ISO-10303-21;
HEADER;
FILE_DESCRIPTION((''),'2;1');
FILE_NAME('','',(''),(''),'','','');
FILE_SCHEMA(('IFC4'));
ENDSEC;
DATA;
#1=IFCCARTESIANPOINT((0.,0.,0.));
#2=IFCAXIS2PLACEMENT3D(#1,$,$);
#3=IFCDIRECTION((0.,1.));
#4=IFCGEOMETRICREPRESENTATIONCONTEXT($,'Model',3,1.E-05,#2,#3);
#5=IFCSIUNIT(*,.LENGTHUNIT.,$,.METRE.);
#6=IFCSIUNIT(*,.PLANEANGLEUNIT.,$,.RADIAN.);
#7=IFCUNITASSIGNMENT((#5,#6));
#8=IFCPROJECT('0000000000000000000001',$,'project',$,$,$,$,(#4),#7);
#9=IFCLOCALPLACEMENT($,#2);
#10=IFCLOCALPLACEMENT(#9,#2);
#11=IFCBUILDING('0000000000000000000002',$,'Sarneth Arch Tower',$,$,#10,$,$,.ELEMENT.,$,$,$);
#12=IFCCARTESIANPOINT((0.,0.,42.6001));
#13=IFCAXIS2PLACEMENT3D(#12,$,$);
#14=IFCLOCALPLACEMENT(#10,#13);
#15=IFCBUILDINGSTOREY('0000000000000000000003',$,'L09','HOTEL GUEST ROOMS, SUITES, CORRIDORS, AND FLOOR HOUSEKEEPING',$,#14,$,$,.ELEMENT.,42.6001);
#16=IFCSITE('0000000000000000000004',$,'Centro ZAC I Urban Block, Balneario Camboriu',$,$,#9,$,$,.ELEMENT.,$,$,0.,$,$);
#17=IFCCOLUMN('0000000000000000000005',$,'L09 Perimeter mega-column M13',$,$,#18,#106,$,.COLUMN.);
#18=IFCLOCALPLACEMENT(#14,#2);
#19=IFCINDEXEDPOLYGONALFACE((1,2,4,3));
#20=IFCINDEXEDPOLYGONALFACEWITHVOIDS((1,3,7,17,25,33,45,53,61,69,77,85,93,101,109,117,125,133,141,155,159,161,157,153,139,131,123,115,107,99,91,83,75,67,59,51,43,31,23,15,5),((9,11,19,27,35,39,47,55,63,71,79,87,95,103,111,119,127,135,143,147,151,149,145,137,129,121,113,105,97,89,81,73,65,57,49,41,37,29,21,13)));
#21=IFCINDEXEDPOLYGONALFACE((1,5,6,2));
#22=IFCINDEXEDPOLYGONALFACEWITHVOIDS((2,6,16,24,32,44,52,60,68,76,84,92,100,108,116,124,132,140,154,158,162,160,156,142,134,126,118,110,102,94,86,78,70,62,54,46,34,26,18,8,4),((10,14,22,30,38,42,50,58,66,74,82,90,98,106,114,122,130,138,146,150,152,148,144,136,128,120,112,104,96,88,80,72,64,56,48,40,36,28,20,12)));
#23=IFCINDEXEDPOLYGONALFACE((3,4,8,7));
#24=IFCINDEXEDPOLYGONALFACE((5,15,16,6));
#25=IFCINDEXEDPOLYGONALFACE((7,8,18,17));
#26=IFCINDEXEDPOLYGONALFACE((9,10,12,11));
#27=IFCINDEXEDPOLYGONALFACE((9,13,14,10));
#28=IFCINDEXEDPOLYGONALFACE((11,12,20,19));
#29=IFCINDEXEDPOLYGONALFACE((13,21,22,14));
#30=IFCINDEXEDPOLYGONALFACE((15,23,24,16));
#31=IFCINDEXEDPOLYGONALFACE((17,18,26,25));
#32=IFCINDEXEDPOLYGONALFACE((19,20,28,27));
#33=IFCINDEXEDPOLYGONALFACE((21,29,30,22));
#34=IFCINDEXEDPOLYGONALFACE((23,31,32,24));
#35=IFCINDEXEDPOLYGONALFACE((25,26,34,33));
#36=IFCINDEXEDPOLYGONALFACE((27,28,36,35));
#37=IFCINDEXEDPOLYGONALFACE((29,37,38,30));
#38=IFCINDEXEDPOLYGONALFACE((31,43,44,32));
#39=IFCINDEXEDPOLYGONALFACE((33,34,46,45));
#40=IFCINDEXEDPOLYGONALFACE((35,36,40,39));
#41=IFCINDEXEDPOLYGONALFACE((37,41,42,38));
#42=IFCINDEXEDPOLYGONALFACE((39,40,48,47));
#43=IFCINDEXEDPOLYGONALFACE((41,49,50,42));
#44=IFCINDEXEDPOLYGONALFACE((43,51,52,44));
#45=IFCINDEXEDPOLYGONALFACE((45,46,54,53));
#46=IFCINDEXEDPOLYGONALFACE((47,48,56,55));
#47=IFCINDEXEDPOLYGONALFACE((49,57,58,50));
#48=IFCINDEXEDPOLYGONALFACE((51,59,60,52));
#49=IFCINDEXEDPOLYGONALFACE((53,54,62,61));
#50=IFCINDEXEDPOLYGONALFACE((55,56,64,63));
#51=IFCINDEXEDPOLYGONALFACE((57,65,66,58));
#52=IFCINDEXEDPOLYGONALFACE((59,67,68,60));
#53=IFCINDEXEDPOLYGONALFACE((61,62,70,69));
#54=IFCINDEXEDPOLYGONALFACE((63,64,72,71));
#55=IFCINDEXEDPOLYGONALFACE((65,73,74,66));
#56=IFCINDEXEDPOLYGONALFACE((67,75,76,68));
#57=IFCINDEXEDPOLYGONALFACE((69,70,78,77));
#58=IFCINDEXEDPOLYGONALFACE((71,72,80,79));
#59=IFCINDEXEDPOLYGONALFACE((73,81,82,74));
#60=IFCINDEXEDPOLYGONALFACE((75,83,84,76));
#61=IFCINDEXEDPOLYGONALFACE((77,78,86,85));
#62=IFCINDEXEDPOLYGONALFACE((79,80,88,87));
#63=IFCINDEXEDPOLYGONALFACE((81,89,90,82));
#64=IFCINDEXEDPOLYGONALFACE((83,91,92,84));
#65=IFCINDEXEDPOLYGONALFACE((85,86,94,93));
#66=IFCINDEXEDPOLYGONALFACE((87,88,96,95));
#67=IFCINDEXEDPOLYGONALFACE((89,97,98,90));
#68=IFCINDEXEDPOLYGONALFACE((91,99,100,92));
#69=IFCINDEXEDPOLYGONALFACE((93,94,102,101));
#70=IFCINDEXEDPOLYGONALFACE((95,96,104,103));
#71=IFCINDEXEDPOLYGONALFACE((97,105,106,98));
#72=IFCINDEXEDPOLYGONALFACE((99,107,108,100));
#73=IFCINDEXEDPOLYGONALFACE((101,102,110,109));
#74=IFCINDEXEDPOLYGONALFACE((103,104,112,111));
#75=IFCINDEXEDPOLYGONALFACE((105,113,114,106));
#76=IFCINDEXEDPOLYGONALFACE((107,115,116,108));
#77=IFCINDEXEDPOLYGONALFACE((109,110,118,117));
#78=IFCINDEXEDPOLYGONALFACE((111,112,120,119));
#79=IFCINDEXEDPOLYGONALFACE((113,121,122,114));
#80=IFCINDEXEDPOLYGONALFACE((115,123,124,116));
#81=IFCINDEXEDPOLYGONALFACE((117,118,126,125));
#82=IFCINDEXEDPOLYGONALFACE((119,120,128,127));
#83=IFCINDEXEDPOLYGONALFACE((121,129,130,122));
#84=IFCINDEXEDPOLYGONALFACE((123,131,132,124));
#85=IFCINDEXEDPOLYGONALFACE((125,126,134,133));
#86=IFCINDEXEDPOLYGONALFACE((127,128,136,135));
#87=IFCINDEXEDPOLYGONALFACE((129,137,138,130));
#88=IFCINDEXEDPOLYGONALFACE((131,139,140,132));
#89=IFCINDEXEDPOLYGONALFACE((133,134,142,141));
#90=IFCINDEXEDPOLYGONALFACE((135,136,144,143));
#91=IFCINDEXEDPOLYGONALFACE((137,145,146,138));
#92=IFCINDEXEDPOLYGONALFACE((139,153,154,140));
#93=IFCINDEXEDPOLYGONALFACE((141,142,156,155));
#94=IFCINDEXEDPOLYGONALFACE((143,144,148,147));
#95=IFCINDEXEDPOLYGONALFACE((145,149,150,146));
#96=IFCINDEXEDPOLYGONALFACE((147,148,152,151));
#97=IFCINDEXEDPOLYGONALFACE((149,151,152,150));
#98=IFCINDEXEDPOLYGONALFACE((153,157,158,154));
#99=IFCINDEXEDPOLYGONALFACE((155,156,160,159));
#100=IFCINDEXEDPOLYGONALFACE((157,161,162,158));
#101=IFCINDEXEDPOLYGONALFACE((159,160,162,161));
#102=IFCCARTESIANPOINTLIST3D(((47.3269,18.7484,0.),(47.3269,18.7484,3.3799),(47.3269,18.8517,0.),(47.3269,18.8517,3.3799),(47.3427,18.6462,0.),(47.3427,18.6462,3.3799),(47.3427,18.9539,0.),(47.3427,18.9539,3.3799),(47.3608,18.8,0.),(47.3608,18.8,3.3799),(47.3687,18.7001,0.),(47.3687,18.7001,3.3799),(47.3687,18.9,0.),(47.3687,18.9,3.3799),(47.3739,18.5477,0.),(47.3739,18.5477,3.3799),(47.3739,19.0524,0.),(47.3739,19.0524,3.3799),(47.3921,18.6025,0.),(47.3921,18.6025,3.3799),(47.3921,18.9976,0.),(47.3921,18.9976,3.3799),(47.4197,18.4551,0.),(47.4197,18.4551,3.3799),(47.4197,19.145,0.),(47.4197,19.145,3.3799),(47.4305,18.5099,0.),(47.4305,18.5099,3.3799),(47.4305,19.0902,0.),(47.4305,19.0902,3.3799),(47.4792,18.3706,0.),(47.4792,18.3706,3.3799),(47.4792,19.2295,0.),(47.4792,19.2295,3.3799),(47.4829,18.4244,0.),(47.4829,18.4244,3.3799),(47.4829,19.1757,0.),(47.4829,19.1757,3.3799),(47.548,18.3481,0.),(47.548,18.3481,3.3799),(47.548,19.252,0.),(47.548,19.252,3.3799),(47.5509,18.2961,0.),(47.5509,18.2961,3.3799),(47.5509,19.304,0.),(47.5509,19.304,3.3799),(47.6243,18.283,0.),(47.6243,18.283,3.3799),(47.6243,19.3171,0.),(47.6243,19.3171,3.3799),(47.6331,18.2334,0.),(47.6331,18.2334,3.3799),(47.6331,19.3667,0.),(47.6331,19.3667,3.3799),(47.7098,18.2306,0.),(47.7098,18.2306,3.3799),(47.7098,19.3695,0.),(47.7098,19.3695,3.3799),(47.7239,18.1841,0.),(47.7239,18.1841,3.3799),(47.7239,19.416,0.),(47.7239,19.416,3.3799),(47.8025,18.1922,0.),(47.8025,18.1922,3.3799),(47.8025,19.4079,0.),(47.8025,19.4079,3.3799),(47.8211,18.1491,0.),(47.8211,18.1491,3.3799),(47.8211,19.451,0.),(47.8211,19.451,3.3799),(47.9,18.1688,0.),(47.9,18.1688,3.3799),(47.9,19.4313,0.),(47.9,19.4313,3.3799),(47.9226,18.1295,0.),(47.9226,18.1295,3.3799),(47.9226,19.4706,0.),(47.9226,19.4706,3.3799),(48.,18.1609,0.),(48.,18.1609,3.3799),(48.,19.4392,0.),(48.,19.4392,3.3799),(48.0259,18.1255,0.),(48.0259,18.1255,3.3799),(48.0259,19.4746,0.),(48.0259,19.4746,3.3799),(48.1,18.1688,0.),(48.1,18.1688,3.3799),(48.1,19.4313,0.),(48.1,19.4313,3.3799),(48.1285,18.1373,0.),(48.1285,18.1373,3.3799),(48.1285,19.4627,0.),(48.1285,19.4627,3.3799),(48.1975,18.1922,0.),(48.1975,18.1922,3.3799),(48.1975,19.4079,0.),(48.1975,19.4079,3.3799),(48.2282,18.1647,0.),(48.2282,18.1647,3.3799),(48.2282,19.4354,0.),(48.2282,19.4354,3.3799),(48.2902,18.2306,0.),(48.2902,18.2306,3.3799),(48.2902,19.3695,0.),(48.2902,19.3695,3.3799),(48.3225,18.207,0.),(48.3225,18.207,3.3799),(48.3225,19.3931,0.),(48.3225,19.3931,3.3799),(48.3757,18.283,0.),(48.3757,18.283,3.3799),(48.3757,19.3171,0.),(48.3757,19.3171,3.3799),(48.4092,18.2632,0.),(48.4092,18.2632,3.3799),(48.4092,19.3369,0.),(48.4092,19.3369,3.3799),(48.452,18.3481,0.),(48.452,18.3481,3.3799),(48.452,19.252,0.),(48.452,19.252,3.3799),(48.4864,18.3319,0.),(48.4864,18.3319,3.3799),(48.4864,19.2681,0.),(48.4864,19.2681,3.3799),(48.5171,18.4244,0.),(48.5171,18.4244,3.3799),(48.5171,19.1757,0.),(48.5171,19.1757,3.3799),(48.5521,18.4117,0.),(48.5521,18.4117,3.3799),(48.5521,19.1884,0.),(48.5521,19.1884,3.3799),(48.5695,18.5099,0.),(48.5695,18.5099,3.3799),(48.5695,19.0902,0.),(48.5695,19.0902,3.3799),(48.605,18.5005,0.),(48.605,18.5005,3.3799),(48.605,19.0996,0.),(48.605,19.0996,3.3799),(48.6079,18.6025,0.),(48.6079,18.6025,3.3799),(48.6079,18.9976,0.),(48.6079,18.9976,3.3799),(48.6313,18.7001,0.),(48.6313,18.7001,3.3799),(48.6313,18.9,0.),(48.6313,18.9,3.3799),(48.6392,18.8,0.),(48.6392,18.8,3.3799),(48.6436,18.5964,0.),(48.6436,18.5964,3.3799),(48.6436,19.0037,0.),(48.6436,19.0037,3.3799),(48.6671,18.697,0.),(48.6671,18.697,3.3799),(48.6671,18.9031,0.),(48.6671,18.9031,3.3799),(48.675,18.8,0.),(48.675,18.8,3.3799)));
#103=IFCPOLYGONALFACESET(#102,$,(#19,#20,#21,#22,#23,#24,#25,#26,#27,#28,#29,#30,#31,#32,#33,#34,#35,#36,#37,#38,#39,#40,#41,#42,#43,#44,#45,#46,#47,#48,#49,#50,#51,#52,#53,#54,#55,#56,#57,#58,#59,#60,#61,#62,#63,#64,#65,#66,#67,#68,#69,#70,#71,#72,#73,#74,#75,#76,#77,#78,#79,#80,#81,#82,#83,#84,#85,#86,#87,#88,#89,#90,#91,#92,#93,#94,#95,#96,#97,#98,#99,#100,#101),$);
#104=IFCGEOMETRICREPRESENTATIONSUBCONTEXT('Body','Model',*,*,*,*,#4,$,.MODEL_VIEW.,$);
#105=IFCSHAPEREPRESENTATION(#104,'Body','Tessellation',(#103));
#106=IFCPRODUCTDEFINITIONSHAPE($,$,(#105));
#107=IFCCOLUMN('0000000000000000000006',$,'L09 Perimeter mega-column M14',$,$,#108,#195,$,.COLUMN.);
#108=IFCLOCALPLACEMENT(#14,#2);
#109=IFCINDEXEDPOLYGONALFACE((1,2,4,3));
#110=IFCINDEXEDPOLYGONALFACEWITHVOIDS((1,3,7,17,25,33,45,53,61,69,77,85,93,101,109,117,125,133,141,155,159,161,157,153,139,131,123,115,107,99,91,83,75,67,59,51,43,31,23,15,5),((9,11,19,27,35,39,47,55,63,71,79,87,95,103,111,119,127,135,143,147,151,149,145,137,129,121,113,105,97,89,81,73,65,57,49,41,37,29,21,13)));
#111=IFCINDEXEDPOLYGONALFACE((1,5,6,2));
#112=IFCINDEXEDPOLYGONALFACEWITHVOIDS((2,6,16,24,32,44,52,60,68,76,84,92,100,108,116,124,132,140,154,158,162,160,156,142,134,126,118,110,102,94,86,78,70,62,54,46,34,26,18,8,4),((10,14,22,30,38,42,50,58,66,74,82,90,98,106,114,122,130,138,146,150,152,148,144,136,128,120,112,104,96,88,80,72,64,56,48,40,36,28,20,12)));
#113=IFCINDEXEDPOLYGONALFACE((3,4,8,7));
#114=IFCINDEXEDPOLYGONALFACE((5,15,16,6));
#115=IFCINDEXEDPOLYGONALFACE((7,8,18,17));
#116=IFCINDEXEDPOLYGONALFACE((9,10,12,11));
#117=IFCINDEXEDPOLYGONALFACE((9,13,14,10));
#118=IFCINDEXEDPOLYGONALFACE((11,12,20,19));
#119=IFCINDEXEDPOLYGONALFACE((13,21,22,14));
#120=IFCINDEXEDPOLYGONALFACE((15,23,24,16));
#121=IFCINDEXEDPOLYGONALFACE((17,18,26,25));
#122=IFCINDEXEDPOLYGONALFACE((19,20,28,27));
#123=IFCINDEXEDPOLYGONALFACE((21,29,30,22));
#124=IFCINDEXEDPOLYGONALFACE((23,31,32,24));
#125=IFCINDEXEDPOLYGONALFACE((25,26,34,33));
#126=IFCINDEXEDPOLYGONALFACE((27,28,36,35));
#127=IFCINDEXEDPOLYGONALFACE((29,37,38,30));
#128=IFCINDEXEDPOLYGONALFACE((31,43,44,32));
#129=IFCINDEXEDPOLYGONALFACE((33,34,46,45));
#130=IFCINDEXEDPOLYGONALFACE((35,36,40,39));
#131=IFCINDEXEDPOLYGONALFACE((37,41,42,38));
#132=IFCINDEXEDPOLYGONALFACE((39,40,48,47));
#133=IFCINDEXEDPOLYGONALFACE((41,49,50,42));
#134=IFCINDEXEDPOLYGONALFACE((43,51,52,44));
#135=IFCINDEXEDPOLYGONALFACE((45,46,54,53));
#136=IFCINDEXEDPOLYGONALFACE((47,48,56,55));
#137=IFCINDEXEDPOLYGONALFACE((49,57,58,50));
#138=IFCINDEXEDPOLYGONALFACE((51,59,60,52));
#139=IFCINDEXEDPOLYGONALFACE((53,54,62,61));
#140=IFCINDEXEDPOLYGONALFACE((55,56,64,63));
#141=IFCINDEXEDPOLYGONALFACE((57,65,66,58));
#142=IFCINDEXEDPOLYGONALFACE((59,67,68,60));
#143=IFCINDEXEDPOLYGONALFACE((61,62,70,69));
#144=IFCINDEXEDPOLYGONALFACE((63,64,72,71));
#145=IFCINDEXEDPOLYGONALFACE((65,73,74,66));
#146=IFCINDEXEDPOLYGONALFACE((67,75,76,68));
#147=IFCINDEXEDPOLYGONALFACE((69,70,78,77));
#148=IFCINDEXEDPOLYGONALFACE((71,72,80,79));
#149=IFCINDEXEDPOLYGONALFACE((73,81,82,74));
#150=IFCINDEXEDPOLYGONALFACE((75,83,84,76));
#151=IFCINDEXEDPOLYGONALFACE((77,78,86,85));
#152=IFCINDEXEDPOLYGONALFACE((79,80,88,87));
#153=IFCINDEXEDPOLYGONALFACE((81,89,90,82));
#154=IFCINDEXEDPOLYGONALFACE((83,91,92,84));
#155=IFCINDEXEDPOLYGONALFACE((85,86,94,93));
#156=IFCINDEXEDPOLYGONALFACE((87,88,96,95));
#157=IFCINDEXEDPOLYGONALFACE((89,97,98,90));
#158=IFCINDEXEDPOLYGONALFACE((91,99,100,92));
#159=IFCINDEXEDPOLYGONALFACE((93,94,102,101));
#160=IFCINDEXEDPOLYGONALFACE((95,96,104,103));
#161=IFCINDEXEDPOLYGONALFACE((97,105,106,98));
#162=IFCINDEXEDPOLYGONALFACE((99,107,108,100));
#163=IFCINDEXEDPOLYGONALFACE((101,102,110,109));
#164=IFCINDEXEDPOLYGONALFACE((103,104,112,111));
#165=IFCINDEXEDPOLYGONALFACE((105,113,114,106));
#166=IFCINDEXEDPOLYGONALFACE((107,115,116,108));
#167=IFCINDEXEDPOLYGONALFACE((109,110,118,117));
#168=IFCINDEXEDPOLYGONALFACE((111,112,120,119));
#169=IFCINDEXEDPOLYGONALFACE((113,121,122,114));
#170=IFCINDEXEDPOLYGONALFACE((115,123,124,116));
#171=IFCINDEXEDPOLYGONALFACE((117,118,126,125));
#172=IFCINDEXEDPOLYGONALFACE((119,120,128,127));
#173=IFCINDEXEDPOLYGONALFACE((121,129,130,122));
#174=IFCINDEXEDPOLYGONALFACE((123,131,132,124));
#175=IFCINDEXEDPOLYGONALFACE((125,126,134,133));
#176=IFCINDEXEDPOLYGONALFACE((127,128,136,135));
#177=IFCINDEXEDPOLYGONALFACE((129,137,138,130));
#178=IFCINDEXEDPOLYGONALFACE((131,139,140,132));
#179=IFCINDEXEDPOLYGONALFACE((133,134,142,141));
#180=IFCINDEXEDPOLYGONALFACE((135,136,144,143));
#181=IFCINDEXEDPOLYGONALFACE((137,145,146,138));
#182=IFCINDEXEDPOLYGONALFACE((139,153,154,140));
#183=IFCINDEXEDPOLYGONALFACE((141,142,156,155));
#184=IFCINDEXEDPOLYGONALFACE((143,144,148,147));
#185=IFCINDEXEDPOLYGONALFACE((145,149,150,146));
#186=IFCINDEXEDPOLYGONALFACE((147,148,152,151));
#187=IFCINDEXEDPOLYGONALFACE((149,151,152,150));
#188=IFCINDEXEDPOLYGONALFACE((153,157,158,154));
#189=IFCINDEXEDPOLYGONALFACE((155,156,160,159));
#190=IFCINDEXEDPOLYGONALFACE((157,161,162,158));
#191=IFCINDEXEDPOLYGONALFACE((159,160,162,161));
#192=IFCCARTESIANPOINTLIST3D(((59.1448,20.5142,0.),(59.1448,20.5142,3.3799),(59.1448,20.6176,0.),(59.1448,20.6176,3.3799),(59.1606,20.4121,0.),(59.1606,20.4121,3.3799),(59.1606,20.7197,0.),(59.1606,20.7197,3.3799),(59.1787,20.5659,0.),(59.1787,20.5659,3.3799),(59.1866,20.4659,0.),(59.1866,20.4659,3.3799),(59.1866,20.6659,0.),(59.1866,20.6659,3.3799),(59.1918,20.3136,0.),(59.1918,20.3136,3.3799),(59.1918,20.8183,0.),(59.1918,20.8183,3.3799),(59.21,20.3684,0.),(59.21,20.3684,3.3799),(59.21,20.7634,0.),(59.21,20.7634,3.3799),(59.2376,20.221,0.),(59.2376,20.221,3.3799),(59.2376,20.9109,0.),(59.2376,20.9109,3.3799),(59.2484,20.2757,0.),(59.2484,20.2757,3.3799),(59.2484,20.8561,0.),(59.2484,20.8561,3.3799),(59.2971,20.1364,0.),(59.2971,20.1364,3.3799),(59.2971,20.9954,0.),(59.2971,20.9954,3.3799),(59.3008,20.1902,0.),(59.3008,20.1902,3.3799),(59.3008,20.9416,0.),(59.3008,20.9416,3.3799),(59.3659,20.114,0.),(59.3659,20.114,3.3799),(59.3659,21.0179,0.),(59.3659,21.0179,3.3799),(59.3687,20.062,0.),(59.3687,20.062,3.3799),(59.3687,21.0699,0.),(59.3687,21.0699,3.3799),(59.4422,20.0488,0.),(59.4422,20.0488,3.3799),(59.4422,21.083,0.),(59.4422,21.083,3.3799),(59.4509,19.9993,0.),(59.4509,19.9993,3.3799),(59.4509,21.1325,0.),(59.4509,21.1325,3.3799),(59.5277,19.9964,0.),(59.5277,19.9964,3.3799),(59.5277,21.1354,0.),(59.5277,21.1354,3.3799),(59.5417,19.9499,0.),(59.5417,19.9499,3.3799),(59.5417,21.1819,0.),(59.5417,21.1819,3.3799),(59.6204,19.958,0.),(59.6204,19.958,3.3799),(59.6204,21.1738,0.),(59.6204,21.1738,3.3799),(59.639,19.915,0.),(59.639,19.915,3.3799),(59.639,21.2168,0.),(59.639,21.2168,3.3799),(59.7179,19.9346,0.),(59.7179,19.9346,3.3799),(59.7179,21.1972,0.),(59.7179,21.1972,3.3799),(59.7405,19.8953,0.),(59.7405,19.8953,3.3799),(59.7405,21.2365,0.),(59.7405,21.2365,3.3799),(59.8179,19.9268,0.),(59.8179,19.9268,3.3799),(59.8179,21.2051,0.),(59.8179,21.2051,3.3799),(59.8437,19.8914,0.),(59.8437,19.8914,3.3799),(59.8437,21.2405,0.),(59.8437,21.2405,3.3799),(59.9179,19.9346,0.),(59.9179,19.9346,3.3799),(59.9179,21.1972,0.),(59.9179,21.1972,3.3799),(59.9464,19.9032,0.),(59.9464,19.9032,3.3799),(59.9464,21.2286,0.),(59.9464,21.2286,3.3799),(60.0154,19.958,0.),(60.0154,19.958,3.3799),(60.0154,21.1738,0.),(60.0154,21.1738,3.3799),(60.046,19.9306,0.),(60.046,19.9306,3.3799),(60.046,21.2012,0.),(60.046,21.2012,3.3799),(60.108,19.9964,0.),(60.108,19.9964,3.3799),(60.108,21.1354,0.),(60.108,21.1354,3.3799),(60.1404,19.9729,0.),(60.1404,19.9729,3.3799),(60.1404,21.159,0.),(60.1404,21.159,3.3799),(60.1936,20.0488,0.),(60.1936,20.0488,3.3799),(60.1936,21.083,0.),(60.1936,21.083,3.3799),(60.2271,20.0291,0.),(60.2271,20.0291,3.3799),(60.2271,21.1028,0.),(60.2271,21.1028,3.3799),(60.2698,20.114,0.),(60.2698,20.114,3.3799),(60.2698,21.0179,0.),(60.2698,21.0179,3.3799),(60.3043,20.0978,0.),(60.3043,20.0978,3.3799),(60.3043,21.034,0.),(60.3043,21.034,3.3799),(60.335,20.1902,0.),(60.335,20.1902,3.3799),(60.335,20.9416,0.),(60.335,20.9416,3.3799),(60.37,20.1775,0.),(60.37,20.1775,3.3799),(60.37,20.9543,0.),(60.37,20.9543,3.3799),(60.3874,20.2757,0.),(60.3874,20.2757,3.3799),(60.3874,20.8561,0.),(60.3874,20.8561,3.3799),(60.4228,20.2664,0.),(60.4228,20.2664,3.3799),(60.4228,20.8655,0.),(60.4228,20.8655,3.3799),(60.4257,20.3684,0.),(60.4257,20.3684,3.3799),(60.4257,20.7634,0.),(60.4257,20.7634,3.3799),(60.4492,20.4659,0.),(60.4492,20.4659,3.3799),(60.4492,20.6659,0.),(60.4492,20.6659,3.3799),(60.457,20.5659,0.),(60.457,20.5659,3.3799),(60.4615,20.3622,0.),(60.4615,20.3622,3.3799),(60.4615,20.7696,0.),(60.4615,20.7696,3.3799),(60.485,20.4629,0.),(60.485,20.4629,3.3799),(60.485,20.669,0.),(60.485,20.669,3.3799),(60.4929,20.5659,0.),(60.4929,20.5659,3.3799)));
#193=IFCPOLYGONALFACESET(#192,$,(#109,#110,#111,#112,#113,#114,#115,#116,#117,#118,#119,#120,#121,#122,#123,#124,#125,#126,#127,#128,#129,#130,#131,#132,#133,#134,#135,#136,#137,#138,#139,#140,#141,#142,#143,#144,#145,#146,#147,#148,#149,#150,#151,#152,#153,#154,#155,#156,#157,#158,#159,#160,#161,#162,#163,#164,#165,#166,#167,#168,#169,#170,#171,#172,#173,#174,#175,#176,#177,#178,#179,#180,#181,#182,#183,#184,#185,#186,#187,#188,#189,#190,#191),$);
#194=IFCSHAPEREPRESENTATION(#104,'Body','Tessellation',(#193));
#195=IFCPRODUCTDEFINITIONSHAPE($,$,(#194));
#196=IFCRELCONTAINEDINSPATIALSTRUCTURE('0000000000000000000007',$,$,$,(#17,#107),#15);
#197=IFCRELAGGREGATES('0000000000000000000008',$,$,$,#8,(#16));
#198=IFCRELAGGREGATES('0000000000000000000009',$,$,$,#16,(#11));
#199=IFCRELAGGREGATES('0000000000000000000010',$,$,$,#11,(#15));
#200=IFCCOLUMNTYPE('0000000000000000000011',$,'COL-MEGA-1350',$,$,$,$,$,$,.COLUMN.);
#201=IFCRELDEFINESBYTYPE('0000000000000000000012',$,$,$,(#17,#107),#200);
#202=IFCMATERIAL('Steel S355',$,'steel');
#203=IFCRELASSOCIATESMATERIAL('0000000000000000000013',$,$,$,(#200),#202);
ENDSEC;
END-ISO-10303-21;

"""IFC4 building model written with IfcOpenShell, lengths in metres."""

from ifc_helpers import new_model, si_unit, direction, frame, origin, origin_2d, place, context, subcontext, project, spatial, hollow_circle, extrude, material, material_profile, profile_set, type_object, element, save


model = new_model("IFC4")

# Units and contexts
model_context = context("Model", 3, precision=1e-05, world=origin(), true_north=direction((0.0, 1.0)))
body_context = subcontext(model_context, "Body", "Model", "MODEL_VIEW")
ifc_project = project(units=[si_unit("LENGTHUNIT", "METRE"), si_unit("PLANEANGLEUNIT", "RADIAN")], contexts=[model_context])

# Site, building, storey
site_placement = place(None, origin())
site = spatial("IfcSite", under=ifc_project, at=site_placement, Name="Centro ZAC I Urban Block, Balneario Camboriu", CompositionType="ELEMENT", RefElevation=0.0)
building_placement = place(site_placement, origin())
building = spatial("IfcBuilding", under=site, at=building_placement, Name="Sarneth Arch Tower", CompositionType="ELEMENT")
storey_placement = place(building_placement, frame((0.0, 0.0, 42.6001)))
storey = spatial("IfcBuildingStorey", under=building, at=storey_placement, Name="L09", Description="HOTEL GUEST ROOMS, SUITES, CORRIDORS, AND FLOOR HOUSEKEEPING", CompositionType="ELEMENT", Elevation=42.6001)

# Columns
ifc_material_1 = material(Name="Steel S355", Category="steel")
ifc_material_profile_1 = material_profile(ifc_material_1, hollow_circle(Radius=0.675, WallThickness=0.0359, at=origin_2d()), Name="CHS1350x36")
ifc_profile_set_1 = profile_set([ifc_material_profile_1], Name="Steel S355")
column_type = type_object("IfcColumnType", Name="COL-MEGA-1350", PredefinedType="COLUMN", material=ifc_profile_set_1)
for number, where, z_axis, x_axis, name in (
    (1, (48.0, 18.8, 0.0), (0.0, 0.0, 1.0), (1.0, 0.0, 0.0), "L09 Perimeter mega-column M13"),
    (2, (59.8179, 20.5659, 0.0), (0.0, 0.0, 1.0), (1.0, 0.0, 0.0), "L09 Perimeter mega-column M14"),
):
    element("IfcColumn", number, at=place(storey_placement, frame(where, z_axis=z_axis, x_axis=x_axis)), inside=storey, type_object=column_type, Name=name, PredefinedType="COLUMN", context=body_context, shape_type="SweptSolid", body=[
        extrude(hollow_circle(Radius=0.675, WallThickness=0.0359, at=origin_2d()), origin(), (0.0, 0.0, 1.0), 3.3799),
    ])

save(model, "model.ifc")
